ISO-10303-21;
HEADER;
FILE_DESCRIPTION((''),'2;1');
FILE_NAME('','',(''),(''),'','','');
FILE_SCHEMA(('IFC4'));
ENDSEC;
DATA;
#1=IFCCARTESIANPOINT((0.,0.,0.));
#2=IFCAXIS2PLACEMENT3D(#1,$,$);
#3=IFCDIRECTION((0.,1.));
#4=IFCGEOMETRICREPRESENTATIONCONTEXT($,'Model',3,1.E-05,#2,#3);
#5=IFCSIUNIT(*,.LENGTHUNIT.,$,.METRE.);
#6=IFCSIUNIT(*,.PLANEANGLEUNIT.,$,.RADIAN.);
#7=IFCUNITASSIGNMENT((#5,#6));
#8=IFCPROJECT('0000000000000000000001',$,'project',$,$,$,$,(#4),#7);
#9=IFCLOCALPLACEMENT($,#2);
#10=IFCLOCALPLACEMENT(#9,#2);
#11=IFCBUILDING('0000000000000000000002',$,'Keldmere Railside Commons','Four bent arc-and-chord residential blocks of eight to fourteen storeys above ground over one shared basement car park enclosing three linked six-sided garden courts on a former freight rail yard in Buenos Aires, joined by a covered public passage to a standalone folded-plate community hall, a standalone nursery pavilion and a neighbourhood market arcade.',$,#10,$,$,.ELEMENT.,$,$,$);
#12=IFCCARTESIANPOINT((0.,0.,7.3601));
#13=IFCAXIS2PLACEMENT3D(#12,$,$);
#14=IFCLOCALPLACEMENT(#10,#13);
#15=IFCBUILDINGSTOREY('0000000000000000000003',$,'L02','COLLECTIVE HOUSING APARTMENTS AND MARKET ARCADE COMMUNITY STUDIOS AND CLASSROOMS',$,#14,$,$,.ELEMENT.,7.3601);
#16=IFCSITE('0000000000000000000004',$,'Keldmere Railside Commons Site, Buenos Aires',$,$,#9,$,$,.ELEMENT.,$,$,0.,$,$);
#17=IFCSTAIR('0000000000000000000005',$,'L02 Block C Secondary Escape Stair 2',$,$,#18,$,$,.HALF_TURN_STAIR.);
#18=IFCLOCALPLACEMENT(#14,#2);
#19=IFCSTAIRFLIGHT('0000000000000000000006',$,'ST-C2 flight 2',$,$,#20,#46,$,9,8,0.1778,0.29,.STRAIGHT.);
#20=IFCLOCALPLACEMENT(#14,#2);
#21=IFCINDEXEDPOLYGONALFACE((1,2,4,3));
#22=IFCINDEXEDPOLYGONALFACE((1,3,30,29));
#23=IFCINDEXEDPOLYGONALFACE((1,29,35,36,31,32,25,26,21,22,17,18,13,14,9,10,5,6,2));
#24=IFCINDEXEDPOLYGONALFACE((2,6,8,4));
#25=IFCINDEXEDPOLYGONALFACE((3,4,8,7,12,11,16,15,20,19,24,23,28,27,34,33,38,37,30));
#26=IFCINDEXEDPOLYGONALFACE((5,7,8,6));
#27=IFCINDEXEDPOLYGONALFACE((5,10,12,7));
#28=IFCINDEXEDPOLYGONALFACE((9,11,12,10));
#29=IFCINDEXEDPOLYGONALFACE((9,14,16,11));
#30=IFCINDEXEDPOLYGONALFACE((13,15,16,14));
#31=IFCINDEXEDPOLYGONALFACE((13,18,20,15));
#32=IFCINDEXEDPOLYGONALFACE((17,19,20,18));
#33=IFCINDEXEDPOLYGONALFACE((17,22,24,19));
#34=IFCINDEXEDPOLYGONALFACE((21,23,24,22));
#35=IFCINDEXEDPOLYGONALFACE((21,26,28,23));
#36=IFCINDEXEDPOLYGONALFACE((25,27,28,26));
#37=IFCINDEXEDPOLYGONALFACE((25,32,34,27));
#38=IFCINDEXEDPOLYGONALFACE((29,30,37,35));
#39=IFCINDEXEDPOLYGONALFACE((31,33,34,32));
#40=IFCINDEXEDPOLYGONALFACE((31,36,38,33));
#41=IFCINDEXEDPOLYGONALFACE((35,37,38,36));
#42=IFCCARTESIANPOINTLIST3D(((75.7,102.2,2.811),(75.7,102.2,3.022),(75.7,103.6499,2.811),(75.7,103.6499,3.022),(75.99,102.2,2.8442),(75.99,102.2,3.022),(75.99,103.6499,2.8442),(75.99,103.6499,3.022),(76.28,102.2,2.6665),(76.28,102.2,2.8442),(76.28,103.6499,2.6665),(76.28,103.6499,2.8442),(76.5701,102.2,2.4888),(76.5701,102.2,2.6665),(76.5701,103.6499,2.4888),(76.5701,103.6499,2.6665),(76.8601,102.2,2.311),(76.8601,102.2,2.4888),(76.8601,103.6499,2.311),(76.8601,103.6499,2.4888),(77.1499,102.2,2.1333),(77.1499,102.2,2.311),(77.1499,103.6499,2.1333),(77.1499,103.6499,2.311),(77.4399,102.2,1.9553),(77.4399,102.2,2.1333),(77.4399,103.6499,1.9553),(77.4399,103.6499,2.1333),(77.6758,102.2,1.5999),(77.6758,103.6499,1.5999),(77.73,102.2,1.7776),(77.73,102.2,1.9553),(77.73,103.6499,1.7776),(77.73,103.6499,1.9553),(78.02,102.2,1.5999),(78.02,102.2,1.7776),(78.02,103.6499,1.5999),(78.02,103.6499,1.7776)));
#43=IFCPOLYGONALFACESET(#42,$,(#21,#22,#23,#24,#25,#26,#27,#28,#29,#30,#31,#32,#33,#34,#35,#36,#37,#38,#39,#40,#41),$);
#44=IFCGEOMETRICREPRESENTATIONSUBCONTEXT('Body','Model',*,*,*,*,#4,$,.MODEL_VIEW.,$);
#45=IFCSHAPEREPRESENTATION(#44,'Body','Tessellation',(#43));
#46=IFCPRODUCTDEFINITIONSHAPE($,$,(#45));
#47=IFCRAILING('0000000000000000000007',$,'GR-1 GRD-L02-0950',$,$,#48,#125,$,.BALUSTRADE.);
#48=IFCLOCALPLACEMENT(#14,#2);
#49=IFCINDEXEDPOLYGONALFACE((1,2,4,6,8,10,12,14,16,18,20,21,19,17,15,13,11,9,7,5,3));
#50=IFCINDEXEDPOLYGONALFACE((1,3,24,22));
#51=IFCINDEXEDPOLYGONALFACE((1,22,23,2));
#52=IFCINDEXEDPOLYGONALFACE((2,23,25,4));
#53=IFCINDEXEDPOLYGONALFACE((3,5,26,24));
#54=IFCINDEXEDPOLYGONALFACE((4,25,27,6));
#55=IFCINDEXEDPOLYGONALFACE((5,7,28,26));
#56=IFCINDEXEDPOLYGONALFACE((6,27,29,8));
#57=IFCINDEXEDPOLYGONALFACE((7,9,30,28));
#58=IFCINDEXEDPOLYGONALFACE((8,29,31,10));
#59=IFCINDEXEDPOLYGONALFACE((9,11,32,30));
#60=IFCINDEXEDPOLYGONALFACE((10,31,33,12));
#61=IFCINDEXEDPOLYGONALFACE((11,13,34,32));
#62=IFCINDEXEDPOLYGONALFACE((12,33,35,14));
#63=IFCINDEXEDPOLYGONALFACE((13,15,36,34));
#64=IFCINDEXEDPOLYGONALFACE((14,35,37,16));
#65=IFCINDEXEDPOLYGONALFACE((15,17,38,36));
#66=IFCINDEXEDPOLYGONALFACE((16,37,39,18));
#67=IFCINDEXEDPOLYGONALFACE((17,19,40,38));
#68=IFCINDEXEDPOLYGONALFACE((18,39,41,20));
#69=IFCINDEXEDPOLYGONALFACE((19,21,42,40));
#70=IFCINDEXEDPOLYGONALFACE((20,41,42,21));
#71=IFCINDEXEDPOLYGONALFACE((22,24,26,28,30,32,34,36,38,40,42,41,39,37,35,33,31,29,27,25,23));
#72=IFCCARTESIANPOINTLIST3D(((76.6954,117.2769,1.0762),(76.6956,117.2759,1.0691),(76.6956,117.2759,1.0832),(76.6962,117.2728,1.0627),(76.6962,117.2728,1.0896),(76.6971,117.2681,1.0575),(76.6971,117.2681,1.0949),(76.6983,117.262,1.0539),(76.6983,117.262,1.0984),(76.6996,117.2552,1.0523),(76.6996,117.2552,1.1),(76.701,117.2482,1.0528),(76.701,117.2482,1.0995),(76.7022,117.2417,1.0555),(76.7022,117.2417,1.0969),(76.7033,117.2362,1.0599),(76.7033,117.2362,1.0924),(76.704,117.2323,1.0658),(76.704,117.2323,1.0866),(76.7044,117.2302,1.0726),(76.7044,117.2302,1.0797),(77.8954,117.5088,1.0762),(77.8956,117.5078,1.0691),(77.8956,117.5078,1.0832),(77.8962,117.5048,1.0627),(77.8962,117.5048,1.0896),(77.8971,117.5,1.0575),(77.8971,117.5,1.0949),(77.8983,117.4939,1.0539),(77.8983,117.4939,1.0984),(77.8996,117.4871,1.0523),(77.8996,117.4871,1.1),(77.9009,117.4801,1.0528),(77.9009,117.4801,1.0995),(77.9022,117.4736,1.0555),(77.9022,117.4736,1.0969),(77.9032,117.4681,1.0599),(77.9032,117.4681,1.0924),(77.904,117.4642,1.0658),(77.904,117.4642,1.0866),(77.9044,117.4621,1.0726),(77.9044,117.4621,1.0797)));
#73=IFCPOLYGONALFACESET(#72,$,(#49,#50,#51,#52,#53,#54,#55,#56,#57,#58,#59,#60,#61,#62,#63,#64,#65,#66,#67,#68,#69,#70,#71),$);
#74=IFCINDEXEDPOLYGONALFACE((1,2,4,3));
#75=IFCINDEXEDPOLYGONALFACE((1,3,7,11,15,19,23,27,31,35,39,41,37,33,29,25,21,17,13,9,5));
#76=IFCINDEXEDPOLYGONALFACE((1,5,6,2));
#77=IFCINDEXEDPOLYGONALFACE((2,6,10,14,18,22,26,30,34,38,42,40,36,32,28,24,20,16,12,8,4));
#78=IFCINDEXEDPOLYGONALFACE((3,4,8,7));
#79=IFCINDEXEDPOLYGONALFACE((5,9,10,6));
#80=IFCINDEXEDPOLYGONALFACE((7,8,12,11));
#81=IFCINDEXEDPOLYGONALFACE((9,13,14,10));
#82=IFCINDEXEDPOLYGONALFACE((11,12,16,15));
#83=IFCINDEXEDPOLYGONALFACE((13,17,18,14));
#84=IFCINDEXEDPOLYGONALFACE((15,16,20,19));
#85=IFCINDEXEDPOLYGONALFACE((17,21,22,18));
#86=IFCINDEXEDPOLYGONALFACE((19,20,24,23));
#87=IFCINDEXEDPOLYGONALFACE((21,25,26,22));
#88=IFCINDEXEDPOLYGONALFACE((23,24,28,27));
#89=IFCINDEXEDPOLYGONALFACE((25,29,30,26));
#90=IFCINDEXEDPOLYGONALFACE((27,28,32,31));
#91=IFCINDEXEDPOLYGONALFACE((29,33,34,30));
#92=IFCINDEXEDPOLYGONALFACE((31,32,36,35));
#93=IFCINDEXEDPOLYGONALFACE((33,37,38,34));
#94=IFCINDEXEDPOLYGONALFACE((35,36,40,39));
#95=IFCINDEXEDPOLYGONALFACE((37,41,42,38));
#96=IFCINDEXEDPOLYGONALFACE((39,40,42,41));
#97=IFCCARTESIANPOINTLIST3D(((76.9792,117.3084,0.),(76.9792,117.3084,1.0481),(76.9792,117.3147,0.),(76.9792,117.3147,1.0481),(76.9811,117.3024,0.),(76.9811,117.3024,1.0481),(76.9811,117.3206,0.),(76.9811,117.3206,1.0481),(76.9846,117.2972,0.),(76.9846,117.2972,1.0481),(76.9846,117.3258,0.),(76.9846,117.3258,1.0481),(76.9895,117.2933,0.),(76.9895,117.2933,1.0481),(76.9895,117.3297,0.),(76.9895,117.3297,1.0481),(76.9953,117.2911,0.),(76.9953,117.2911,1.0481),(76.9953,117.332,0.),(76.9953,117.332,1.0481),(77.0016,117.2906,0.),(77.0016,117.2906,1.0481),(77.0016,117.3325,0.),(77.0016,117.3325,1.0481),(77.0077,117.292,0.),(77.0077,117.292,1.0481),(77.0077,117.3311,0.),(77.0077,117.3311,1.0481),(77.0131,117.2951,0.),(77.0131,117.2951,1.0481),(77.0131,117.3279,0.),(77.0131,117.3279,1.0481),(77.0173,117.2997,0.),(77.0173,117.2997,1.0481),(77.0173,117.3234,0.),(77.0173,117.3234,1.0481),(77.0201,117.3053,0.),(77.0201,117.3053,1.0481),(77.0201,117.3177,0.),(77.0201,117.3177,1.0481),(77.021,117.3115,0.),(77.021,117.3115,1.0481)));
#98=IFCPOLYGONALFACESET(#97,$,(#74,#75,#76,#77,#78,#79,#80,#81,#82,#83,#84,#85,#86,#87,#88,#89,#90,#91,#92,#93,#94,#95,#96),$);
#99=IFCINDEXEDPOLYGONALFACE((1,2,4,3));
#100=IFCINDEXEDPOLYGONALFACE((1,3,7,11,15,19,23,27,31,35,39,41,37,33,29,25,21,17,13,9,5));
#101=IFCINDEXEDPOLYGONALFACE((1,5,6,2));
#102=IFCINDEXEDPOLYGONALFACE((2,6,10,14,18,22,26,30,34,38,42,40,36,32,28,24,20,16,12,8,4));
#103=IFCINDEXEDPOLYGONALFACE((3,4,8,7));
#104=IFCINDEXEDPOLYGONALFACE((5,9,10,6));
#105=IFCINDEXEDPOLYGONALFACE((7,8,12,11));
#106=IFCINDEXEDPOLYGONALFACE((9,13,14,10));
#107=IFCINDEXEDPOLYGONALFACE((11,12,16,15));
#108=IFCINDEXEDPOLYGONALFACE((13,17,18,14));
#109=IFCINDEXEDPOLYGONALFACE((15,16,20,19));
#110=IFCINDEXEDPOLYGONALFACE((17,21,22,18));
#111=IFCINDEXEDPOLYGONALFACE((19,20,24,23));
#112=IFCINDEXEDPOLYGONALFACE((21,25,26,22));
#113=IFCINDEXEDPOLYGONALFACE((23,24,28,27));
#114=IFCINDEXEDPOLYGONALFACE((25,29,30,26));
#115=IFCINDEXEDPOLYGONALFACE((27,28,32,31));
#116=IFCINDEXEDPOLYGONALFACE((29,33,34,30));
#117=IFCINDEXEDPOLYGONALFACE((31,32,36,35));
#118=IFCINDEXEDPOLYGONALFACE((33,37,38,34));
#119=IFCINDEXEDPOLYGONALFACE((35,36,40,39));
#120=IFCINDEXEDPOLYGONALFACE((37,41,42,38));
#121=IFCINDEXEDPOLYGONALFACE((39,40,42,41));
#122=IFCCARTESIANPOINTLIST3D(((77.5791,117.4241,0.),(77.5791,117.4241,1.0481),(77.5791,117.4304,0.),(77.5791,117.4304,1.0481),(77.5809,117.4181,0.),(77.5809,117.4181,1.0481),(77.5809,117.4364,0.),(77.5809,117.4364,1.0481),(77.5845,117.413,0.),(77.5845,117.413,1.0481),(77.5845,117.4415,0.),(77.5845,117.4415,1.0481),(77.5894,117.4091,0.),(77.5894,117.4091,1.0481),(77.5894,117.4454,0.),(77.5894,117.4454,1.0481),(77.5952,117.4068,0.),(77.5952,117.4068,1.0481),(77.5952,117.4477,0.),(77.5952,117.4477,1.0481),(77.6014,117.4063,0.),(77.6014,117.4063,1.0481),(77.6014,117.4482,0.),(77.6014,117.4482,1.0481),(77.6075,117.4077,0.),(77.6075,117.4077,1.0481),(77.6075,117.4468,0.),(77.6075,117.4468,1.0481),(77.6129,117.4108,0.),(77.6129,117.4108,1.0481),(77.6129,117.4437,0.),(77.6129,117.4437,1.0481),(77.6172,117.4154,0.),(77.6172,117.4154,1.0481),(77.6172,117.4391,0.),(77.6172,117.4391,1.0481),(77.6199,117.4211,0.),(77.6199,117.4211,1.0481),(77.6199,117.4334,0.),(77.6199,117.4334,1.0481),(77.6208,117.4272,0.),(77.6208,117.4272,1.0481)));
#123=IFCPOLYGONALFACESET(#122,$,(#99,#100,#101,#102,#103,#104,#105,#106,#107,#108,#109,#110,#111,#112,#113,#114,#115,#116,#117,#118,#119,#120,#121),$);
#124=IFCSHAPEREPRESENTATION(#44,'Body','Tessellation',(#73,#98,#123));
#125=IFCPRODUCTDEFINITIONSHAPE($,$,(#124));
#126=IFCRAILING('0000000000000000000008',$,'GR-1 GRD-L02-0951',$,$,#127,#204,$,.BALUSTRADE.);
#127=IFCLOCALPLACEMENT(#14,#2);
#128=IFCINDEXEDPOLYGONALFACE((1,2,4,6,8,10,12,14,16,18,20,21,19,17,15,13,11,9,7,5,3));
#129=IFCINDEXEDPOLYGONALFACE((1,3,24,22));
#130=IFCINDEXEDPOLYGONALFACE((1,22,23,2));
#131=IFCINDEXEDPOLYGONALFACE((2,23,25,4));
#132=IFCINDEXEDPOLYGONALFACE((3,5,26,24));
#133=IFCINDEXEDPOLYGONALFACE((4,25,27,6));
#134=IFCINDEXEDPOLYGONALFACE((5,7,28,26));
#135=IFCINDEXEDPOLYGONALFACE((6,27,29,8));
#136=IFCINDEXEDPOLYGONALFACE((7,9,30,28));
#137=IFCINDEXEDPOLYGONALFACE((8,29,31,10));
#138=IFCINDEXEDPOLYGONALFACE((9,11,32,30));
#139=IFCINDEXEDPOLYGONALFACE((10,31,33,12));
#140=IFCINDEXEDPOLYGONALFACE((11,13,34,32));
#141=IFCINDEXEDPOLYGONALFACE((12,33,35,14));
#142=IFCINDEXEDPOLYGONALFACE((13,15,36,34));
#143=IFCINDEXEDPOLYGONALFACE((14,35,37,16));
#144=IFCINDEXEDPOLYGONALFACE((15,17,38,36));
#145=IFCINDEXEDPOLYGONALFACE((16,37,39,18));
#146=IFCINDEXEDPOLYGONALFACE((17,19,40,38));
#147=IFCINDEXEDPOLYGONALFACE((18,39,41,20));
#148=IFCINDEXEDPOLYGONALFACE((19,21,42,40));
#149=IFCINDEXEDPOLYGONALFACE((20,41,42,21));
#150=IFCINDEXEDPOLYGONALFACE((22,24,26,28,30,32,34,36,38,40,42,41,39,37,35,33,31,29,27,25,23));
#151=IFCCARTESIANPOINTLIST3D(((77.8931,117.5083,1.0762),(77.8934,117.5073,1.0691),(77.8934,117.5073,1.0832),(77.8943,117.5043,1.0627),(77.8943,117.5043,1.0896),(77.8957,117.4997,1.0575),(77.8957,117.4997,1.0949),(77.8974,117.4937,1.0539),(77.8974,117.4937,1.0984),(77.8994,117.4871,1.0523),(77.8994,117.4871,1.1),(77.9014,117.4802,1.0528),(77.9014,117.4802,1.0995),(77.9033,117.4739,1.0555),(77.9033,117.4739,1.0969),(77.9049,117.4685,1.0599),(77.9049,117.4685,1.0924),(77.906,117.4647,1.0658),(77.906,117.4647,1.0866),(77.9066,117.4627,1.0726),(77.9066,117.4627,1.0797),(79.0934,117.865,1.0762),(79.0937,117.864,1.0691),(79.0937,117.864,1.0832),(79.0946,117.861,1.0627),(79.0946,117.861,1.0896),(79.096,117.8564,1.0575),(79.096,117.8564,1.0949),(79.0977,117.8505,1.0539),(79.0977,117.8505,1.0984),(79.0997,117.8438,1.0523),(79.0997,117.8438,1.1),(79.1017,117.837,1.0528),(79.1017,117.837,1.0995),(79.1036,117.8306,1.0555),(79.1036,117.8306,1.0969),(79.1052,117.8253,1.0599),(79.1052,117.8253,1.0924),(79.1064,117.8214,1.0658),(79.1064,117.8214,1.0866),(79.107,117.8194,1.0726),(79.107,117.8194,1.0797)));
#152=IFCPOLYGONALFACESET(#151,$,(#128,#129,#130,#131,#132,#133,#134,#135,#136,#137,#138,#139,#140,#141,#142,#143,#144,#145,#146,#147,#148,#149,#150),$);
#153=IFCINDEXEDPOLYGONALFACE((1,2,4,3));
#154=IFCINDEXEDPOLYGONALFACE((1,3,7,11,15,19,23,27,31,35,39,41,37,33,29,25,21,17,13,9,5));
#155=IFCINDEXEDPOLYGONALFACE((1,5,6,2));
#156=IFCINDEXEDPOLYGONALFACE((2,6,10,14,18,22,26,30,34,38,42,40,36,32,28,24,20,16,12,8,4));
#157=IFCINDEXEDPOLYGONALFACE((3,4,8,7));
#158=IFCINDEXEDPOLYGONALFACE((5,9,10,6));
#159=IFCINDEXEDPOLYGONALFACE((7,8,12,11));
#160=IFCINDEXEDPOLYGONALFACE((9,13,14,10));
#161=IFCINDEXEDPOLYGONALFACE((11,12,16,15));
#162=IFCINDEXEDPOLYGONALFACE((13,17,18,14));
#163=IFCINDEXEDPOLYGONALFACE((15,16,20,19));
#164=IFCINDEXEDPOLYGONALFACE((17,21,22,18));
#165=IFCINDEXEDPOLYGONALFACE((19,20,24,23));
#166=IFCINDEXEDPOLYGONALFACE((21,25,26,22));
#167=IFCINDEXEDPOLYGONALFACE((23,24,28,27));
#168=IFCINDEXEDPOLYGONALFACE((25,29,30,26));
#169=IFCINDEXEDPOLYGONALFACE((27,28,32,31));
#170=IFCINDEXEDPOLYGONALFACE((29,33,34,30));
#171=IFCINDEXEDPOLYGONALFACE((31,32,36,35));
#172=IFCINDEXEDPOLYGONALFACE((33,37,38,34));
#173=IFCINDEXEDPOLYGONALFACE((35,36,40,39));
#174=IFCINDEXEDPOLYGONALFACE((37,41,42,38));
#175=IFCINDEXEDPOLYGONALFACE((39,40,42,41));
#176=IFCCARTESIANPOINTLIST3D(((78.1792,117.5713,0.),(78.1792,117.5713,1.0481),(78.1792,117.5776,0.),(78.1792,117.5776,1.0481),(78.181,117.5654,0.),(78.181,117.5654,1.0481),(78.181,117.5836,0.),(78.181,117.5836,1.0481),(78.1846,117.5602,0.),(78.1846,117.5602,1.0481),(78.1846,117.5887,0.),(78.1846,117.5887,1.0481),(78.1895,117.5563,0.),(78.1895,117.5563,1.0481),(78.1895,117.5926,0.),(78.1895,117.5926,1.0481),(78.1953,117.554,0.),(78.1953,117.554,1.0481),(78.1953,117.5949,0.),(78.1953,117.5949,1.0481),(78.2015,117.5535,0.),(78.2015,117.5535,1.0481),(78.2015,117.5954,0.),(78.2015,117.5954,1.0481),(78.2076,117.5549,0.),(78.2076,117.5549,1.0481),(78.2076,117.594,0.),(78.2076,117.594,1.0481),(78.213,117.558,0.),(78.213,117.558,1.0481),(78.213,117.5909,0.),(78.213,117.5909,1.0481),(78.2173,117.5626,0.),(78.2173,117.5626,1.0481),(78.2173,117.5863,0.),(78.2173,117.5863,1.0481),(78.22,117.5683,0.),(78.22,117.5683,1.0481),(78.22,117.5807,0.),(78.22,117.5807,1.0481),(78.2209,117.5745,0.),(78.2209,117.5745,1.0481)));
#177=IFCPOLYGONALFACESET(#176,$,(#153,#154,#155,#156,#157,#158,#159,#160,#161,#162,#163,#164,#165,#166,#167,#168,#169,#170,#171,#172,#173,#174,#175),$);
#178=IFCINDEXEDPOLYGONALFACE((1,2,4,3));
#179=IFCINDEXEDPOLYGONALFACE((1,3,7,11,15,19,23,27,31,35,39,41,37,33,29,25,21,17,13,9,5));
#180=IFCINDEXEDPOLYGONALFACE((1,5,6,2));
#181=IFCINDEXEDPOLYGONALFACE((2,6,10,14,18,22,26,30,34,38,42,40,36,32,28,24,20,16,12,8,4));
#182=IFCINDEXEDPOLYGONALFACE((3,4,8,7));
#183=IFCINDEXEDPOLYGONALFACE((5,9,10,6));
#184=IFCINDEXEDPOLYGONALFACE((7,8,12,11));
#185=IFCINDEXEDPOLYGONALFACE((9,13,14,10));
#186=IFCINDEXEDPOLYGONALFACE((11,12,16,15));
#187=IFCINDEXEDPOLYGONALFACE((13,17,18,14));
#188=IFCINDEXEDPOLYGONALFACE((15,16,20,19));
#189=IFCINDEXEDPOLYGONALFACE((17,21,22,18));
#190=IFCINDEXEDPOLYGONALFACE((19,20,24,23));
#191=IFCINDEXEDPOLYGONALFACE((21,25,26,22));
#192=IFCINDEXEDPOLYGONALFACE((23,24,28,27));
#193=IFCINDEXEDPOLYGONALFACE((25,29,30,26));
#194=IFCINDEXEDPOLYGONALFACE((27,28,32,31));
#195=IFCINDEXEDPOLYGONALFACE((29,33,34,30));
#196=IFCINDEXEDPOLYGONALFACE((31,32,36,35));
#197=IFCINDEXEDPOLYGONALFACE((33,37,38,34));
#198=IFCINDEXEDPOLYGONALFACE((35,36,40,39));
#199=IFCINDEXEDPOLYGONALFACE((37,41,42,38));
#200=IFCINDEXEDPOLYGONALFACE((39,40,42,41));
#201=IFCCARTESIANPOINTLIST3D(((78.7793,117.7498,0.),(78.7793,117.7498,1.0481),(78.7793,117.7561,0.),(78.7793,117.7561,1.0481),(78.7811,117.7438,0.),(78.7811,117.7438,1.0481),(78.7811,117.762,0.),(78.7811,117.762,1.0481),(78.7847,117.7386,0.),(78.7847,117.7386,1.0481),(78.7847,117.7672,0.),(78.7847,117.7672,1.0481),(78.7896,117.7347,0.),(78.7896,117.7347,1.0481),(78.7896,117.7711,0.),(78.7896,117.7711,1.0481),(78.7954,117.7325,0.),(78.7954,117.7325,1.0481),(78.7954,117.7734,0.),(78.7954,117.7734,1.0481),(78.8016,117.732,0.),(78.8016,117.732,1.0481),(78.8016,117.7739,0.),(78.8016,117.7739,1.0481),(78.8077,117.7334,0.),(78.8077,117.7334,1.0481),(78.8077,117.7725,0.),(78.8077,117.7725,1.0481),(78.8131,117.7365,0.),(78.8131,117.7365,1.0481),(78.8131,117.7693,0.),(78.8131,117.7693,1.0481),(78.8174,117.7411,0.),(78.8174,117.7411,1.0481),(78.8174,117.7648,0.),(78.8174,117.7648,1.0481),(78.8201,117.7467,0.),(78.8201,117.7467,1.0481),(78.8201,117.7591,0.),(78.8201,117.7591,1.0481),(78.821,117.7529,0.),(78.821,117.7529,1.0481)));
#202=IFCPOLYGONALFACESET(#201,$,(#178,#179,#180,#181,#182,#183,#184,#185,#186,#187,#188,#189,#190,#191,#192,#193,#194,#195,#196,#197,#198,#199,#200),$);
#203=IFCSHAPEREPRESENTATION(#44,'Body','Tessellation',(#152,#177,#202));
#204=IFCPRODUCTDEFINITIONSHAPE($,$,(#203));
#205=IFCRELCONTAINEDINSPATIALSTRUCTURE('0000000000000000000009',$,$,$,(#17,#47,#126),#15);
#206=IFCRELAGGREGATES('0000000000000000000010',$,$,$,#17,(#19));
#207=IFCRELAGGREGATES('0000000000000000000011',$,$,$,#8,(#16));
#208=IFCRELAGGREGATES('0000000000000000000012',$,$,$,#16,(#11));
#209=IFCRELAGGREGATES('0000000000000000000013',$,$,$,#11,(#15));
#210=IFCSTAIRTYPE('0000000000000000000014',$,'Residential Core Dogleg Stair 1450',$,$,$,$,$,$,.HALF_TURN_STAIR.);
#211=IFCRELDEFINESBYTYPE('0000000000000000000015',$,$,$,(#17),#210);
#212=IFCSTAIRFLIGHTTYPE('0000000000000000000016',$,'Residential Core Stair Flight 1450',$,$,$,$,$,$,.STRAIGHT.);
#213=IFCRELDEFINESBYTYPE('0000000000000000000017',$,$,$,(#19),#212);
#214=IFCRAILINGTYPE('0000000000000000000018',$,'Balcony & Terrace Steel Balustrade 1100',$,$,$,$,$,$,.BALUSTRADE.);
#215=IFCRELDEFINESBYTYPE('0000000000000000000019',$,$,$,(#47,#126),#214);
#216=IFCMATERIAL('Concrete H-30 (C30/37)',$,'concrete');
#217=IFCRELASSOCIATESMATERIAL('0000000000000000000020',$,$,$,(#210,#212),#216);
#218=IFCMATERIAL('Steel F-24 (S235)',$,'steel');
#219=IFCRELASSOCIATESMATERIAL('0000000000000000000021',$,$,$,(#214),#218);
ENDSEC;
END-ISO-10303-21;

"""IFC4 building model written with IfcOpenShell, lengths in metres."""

from ifc_helpers import new_model, si_unit, direction, frame, origin, origin_2d, place, context, subcontext, project, spatial, polyline, circle, outline, extrude, material, type_object, element, aggregate, save


model = new_model("IFC4")

# Units and contexts
model_context = context("Model", 3, precision=1e-05, world=origin(), true_north=direction((0.0, 1.0)))
body_context = subcontext(model_context, "Body", "Model", "MODEL_VIEW")
ifc_project = project(units=[si_unit("LENGTHUNIT", "METRE"), si_unit("PLANEANGLEUNIT", "RADIAN")], contexts=[model_context])

# Site, building, storey
site_placement = place(None, origin())
site = spatial("IfcSite", under=ifc_project, at=site_placement, Name="Keldmere Railside Commons Site, Buenos Aires", CompositionType="ELEMENT", RefElevation=0.0)
building_placement = place(site_placement, origin())
building = spatial("IfcBuilding", under=site, at=building_placement, Name="Keldmere Railside Commons", Description="Four bent arc-and-chord residential blocks of eight to fourteen storeys above ground over one shared basement car park enclosing three linked six-sided garden courts on a former freight rail yard in Buenos Aires, joined by a covered public passage to a standalone folded-plate community hall, a standalone nursery pavilion and a neighbourhood market arcade.", CompositionType="ELEMENT")
storey_placement = place(building_placement, frame((0.0, 0.0, 7.3601)))
storey = spatial("IfcBuildingStorey", under=building, at=storey_placement, Name="L02", Description="COLLECTIVE HOUSING APARTMENTS AND MARKET ARCADE COMMUNITY STUDIOS AND CLASSROOMS", CompositionType="ELEMENT", Elevation=7.3601)

# Shared definitions
ifc_material_1 = material(Name="Concrete H-30 (C30/37)", Category="concrete")

# Shared definitions
ifc_material_2 = material(Name="Steel F-24 (S235)", Category="steel")

# Stair, stair flight
stair_type = type_object("IfcStairType", Name="Residential Core Dogleg Stair 1450", PredefinedType="HALF_TURN_STAIR", material=ifc_material_1)
stair_placement = place(storey_placement, origin())
stair = element("IfcStair", 1, at=stair_placement, inside=storey, type_object=stair_type, Name="L02 Block C Secondary Escape Stair 2", PredefinedType="HALF_TURN_STAIR")
stair_flight_type = type_object("IfcStairFlightType", Name="Residential Core Stair Flight 1450", PredefinedType="STRAIGHT", material=ifc_material_1)
stair_flight_placement = place(storey_placement, frame((78.02, 102.925, 1.5999), z_axis=(0.0, 0.0, 1.0), x_axis=(-1.0, 0.0, 0.0)))
stair_flight = element("IfcStairFlight", 2, at=stair_flight_placement, type_object=stair_flight_type, Name="ST-C2 flight 2", NumberOfRisers=9, NumberOfTreads=8, PredefinedType="STRAIGHT", RiserHeight=0.1778, TreadLength=0.29, context=body_context, shape_type="SweptSolid", body=[
    extrude(outline(polyline([(0.0, 0.0), (0.0, 0.1777), (0.29, 0.1777), (0.29, 0.3555), (0.5801, 0.3555), (0.5801, 0.5334), (0.8701, 0.5334), (0.8701, 0.7112), (1.1599, 0.7112), (1.1599, 0.8889), (1.45, 0.8889), (1.45, 1.0667), (1.74, 1.0667), (1.74, 1.2444), (2.03, 1.2444), (2.03, 1.4221), (2.3201, 1.4221), (2.3201, 1.6001), (2.3201, 1.2112), (0.3442, 0.0), (0.0, 0.0)])), frame((0.0, 0.7251, 0.0), z_axis=(0.0, -1.0, 0.0), x_axis=(1.0, 0.0, 0.0)), (0.0, 0.0, 1.0), 1.45),
])
aggregate(stair, [stair_flight])

# Railings
railing_type_1 = type_object("IfcRailingType", Name="Balcony & Terrace Steel Balustrade 1100", PredefinedType="BALUSTRADE", material=ifc_material_2)
railing_1_placement = place(storey_placement, frame((76.7, 117.2534, 0.0)))
element("IfcRailing", 3, at=railing_1_placement, inside=storey, type_object=railing_type_1, Name="GR-1 GRD-L02-0950", PredefinedType="BALUSTRADE", context=body_context, shape_type="SweptSolid", body=[
    extrude(circle(Radius=0.0239, at=origin_2d()), frame((0.0, 0.0, 1.0762), z_axis=(0.981828, 0.189773, 0.0), x_axis=(-0.189773, 0.981828, 0.0)), (0.0, 0.0, 1.0), 1.2222),
    extrude(circle(Radius=0.021, at=origin_2d()), frame((0.3, 0.0581, 0.0)), (0.0, 0.0, 1.0), 1.0481),
    extrude(circle(Radius=0.021, at=origin_2d()), frame((0.8999, 0.1738, 0.0)), (0.0, 0.0, 1.0), 1.0481),
])
railing_2_placement = place(storey_placement, frame((77.8999, 117.4854, 0.0)))
element("IfcRailing", 4, at=railing_2_placement, inside=storey, type_object=railing_type_1, Name="GR-1 GRD-L02-0951", PredefinedType="BALUSTRADE", context=body_context, shape_type="SweptSolid", body=[
    extrude(circle(Radius=0.0239, at=origin_2d()), frame((0.0, 0.0, 1.0762), z_axis=(0.958564, 0.284878, 0.0), x_axis=(-0.284878, 0.958564, 0.0)), (0.0, 0.0, 1.0), 1.2522),
    extrude(circle(Radius=0.021, at=origin_2d()), frame((0.3, 0.0891, 0.0)), (0.0, 0.0, 1.0), 1.0481),
    extrude(circle(Radius=0.021, at=origin_2d()), frame((0.9001, 0.2676, 0.0)), (0.0, 0.0, 1.0), 1.0481),
])

save(model, "model.ifc")
